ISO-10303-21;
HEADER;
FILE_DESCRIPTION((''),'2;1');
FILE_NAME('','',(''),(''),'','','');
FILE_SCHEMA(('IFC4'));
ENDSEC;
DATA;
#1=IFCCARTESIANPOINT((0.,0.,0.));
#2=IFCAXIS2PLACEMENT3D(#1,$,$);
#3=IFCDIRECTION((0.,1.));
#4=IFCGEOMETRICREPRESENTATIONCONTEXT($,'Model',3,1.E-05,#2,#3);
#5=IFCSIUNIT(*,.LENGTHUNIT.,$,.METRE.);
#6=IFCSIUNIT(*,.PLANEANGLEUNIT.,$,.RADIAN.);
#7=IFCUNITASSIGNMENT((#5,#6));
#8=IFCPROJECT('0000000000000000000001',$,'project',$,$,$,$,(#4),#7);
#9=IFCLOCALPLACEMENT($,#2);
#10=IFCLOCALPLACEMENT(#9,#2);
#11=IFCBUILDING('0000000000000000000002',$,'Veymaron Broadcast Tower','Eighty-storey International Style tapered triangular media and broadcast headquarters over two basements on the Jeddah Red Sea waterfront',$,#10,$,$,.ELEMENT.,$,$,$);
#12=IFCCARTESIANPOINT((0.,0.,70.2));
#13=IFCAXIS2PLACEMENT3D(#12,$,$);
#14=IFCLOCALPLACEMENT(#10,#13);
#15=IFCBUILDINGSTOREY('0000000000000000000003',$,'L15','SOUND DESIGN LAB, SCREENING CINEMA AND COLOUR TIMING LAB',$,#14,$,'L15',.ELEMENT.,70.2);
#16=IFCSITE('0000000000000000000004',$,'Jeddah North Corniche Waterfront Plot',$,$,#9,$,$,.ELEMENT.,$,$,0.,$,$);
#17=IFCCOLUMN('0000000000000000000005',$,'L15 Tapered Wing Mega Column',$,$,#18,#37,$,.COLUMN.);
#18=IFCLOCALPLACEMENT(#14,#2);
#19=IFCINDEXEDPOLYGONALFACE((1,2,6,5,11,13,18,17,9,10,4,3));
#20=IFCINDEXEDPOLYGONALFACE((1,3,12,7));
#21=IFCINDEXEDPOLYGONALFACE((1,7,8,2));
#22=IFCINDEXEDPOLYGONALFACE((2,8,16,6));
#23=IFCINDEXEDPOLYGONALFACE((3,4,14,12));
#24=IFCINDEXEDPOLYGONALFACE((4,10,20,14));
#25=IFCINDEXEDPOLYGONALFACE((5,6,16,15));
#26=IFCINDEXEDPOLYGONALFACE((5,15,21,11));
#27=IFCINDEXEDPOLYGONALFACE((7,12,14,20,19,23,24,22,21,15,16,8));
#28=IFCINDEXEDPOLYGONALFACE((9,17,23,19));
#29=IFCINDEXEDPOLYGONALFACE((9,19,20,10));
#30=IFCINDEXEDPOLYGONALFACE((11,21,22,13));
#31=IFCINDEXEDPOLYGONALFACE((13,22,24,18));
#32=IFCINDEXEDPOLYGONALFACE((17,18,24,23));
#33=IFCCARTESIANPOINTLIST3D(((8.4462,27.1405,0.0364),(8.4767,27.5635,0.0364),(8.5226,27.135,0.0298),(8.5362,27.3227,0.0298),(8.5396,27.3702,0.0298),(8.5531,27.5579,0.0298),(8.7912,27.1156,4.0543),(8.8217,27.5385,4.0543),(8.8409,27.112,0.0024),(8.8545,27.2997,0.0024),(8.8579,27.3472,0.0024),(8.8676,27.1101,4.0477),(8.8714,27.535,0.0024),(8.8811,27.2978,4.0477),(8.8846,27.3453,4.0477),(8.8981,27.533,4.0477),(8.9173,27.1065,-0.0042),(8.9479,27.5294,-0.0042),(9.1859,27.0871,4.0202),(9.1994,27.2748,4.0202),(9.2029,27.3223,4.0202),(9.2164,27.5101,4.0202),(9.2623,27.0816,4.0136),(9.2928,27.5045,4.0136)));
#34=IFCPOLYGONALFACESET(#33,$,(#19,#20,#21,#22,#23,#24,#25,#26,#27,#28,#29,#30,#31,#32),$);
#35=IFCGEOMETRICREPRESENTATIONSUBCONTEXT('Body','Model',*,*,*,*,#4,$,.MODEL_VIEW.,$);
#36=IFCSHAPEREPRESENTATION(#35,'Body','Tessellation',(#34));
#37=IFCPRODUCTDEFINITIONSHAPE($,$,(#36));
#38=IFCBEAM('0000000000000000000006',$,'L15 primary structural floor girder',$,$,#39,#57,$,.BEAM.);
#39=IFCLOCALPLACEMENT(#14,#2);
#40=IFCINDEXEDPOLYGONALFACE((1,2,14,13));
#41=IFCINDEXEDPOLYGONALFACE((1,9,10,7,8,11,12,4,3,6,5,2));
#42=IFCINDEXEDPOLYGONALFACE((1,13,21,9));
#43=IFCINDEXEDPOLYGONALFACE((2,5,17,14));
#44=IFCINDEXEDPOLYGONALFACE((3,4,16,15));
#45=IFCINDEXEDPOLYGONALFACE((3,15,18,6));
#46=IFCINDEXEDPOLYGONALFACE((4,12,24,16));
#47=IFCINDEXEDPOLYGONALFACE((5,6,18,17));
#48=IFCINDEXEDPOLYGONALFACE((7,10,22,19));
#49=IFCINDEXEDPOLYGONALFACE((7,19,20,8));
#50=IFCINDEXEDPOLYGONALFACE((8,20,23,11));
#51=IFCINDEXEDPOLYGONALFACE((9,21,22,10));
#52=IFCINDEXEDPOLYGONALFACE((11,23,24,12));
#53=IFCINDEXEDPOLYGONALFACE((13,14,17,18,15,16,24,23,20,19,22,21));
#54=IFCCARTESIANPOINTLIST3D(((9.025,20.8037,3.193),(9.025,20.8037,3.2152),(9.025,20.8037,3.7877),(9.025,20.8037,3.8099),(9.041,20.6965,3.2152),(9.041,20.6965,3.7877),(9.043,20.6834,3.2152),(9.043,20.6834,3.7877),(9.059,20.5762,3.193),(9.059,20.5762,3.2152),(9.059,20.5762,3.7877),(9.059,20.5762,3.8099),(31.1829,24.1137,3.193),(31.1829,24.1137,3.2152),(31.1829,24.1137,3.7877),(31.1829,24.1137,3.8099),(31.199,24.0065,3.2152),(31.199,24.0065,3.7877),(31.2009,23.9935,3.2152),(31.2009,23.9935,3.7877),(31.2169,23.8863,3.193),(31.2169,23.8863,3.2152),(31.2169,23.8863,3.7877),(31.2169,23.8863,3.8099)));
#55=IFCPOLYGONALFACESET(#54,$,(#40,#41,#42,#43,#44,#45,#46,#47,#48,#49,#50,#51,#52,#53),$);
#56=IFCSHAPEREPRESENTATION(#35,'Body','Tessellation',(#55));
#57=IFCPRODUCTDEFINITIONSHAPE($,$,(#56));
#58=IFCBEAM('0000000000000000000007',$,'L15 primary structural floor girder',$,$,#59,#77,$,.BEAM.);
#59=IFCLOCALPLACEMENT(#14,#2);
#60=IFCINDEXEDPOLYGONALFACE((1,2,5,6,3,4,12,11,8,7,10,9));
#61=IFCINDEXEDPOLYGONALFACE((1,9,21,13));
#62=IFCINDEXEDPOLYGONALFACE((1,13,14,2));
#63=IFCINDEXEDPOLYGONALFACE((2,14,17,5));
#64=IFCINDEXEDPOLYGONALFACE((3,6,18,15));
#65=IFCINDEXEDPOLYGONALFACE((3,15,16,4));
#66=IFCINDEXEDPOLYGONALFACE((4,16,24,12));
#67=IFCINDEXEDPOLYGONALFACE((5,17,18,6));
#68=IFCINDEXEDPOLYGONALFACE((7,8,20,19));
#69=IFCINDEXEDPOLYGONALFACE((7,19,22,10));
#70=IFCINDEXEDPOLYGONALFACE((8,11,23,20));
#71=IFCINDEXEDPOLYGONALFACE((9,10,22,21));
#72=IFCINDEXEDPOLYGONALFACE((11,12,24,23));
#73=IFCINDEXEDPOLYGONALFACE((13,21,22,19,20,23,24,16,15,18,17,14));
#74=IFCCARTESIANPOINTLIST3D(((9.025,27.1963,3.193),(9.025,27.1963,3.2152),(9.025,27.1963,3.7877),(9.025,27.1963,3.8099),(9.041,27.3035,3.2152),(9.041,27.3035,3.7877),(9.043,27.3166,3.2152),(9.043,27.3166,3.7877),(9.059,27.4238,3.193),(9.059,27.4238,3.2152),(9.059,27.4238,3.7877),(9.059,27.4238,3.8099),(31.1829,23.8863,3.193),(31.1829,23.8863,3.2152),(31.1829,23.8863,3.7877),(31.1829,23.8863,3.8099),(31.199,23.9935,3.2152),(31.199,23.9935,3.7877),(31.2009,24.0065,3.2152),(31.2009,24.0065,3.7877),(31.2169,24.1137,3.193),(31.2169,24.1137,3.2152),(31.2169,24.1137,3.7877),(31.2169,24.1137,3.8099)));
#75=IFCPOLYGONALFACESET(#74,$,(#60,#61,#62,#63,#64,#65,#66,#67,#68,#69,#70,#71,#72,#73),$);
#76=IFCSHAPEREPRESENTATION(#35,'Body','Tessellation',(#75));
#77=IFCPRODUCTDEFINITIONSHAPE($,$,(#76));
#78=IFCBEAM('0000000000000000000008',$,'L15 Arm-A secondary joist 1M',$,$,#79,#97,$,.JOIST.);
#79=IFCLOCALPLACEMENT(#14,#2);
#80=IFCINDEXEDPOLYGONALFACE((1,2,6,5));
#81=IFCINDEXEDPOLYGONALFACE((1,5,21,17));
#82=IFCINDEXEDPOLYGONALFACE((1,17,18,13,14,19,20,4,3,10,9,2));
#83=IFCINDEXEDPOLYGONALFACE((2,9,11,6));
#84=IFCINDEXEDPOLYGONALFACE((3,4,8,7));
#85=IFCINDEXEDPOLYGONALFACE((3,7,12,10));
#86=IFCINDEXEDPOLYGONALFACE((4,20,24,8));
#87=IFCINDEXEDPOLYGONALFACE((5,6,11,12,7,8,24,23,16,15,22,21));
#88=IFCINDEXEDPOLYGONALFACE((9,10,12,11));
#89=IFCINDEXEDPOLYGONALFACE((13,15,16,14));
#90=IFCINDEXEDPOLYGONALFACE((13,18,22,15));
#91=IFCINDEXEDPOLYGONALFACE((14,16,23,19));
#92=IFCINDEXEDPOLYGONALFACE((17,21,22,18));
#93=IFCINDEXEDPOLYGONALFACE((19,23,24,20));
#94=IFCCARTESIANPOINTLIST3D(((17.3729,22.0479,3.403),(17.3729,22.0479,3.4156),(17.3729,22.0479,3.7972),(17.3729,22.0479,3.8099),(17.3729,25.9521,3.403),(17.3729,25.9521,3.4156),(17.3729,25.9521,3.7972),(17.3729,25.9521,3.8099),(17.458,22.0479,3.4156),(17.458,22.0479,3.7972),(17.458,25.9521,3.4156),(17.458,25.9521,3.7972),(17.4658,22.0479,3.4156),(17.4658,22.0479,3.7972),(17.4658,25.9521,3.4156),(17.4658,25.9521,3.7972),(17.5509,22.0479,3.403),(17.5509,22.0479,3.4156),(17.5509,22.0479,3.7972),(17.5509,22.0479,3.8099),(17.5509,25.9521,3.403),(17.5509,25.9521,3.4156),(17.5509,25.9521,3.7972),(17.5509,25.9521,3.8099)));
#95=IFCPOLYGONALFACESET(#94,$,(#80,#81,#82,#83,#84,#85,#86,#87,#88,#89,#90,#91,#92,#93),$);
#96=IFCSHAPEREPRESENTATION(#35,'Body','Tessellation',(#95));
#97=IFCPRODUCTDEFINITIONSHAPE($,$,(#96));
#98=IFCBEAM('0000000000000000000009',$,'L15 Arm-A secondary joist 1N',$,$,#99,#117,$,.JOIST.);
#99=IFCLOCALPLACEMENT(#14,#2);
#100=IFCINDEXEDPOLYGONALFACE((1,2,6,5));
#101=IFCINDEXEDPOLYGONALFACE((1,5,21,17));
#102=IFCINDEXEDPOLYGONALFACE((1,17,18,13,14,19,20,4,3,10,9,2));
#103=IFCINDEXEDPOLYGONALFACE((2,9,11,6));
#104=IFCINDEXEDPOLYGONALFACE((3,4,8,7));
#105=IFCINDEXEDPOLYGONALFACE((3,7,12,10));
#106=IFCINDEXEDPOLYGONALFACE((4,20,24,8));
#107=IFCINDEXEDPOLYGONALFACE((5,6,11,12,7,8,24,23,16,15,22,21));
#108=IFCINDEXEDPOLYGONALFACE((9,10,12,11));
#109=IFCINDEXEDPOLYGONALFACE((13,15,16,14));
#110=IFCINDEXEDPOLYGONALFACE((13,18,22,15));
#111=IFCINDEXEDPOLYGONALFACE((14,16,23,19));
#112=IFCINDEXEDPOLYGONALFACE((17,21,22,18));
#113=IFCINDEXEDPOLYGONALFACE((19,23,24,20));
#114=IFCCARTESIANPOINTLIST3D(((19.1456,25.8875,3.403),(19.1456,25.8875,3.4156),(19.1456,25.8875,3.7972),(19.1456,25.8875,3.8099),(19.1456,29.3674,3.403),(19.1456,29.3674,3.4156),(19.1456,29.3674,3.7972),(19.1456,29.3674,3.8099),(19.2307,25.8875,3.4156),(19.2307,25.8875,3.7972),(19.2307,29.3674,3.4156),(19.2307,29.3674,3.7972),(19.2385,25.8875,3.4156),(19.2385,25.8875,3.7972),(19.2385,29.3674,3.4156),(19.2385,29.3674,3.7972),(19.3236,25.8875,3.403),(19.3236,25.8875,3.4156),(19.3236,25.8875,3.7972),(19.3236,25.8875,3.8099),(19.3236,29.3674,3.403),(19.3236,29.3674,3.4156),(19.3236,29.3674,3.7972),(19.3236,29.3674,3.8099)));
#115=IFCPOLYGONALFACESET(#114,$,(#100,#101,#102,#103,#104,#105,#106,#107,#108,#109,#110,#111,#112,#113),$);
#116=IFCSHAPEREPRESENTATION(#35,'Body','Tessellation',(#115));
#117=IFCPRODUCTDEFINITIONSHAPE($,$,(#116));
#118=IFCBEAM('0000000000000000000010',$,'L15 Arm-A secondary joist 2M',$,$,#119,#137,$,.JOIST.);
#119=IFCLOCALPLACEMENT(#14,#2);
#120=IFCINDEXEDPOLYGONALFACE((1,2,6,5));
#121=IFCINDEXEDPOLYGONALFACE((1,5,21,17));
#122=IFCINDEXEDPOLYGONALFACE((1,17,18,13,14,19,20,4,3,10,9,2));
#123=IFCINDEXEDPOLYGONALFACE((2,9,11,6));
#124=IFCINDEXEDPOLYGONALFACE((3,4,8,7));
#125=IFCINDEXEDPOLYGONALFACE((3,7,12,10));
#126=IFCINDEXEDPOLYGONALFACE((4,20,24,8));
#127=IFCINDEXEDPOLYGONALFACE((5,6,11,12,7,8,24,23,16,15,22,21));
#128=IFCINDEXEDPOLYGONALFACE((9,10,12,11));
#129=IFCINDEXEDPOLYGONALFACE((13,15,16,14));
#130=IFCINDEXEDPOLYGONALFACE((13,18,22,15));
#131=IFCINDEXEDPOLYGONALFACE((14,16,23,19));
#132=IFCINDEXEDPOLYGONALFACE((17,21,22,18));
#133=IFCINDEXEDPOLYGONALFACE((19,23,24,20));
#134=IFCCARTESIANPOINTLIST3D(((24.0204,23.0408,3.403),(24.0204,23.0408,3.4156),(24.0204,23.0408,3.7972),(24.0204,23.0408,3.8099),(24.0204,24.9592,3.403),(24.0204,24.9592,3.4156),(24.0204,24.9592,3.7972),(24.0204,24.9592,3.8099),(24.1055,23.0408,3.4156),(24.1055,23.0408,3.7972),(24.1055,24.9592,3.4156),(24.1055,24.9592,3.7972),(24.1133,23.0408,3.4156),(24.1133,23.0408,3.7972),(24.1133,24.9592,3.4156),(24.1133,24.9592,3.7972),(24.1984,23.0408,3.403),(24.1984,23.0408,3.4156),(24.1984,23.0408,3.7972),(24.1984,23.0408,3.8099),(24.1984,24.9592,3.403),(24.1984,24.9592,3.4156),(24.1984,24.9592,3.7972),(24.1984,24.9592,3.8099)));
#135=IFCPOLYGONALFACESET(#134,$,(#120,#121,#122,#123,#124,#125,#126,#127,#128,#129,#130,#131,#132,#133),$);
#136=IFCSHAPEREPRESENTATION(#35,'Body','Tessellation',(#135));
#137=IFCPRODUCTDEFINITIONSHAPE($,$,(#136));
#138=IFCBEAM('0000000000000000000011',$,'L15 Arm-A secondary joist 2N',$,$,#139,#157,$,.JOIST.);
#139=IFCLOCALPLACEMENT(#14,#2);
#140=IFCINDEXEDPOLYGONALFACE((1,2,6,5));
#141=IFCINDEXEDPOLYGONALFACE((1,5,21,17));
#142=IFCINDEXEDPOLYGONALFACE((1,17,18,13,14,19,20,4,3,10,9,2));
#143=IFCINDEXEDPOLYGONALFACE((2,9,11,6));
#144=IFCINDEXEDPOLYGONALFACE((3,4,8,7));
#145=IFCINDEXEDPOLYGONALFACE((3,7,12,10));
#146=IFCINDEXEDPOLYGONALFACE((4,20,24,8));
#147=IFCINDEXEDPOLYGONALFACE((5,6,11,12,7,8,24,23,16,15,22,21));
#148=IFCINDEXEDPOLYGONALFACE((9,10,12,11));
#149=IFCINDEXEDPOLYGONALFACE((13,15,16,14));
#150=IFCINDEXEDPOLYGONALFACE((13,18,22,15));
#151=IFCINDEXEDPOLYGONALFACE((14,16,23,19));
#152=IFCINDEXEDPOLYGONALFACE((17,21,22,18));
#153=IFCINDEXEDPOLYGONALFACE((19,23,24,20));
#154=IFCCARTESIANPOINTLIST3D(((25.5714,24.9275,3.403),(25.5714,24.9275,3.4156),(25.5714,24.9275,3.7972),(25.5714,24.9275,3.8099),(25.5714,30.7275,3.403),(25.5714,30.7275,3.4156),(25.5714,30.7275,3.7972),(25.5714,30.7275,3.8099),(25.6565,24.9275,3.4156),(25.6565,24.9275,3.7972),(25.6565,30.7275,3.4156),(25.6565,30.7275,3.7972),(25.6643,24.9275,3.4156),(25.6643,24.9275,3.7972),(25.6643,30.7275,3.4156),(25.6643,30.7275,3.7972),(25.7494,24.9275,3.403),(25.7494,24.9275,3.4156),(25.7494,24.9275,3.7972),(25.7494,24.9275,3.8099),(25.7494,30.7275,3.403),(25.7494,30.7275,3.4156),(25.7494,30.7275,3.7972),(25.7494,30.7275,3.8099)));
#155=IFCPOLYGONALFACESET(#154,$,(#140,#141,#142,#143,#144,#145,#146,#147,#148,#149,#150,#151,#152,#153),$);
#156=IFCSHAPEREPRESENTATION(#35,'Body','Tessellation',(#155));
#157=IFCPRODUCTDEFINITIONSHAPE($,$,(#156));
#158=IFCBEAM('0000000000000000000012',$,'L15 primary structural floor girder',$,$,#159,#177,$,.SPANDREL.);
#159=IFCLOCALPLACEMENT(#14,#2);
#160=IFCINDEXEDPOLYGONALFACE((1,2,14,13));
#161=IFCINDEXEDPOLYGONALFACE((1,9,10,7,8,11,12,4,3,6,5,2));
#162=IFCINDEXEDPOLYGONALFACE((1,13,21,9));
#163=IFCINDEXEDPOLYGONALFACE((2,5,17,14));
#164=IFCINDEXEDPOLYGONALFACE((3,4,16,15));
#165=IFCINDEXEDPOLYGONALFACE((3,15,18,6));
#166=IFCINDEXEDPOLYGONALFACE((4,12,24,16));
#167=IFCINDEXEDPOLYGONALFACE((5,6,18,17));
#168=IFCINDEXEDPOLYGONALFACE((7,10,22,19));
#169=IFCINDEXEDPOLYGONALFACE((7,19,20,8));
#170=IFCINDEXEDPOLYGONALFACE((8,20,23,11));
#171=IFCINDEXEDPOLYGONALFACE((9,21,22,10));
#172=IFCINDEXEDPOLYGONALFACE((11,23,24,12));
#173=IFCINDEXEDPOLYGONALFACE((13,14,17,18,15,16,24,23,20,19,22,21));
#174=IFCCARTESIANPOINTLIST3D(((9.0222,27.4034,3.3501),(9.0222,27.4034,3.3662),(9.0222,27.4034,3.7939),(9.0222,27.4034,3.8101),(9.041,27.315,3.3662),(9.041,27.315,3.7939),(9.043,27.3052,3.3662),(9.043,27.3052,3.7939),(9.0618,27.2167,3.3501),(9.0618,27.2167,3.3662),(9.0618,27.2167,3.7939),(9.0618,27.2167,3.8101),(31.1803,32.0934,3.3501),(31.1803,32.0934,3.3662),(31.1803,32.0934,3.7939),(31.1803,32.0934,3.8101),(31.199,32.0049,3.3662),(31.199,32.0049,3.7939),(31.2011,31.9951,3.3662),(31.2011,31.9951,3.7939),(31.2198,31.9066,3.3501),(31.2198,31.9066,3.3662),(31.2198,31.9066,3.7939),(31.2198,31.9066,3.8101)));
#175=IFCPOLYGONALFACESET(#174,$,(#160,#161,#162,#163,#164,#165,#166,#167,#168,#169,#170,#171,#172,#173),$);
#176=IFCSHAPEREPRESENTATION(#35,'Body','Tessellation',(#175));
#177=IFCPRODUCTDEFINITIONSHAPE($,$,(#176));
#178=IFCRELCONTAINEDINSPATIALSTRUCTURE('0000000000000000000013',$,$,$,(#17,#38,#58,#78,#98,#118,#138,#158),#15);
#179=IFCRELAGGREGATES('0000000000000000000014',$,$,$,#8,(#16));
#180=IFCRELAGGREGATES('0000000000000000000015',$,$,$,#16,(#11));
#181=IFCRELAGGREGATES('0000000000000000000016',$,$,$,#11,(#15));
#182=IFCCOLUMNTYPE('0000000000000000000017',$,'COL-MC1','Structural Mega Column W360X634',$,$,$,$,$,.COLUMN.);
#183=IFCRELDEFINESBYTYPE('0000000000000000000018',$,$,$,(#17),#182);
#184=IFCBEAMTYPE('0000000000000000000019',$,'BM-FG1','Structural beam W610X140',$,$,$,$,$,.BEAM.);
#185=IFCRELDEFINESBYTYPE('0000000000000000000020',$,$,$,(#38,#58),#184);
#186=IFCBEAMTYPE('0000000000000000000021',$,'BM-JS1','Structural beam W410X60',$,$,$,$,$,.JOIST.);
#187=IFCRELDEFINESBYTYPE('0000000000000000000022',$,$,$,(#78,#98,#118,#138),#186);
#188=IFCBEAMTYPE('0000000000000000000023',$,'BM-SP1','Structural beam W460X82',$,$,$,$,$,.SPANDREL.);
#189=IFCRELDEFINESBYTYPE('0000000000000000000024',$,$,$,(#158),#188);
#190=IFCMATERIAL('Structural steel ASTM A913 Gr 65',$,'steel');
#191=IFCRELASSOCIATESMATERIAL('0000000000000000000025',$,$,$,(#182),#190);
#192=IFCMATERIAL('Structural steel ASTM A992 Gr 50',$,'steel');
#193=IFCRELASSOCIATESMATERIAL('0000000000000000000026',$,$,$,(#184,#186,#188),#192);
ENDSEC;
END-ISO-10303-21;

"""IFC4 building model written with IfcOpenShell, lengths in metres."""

from ifc_helpers import new_model, si_unit, direction, frame, origin, origin_2d, place, context, subcontext, project, spatial, i_section, extrude, material, material_profile, profile_set, type_object, element, save


model = new_model("IFC4")

# Units and contexts
model_context = context("Model", 3, precision=1e-05, world=origin(), true_north=direction((0.0, 1.0)))
body_context = subcontext(model_context, "Body", "Model", "MODEL_VIEW")
ifc_project = project(units=[si_unit("LENGTHUNIT", "METRE"), si_unit("PLANEANGLEUNIT", "RADIAN")], contexts=[model_context])

# Site, building, storey
site_placement = place(None, origin())
site = spatial("IfcSite", under=ifc_project, at=site_placement, Name="Jeddah North Corniche Waterfront Plot", CompositionType="ELEMENT", RefElevation=0.0)
building_placement = place(site_placement, origin())
building = spatial("IfcBuilding", under=site, at=building_placement, Name="Veymaron Broadcast Tower", Description="Eighty-storey International Style tapered triangular media and broadcast headquarters over two basements on the Jeddah Red Sea waterfront", CompositionType="ELEMENT")
storey_placement = place(building_placement, frame((0.0, 0.0, 70.2)))
storey = spatial("IfcBuildingStorey", under=building, at=storey_placement, Name="L15", Description="SOUND DESIGN LAB, SCREENING CINEMA AND COLOUR TIMING LAB", LongName="L15", CompositionType="ELEMENT", Elevation=70.2)

# Column
ifc_material_1 = material(Name="Structural steel ASTM A913 Gr 65", Category="steel")
ifc_material_profile_1 = material_profile(ifc_material_1, i_section(OverallWidth=0.4241, OverallDepth=0.4741, WebThickness=0.0476, FlangeThickness=0.0769, at=origin_2d()), Name="W360X634")
ifc_profile_set_1 = profile_set([ifc_material_profile_1], Name="Structural steel ASTM A913 Gr 65")
column_type = type_object("IfcColumnType", Name="COL-MC1", Description="Structural Mega Column W360X634", PredefinedType="COLUMN", material=ifc_profile_set_1)
column_placement = place(storey_placement, frame((8.697, 27.335, 0.0161), z_axis=(0.085544, -0.006175, 0.996315), x_axis=(0.071999, 0.997405, 0.0)))
element("IfcColumn", 1, at=column_placement, inside=storey, type_object=column_type, Name="L15 Tapered Wing Mega Column", PredefinedType="COLUMN", context=body_context, shape_type="SweptSolid", body=[
    extrude(i_section(OverallWidth=0.4241, OverallDepth=0.4741, WebThickness=0.0476, FlangeThickness=0.0769, at=origin_2d()), origin(), (0.0, 0.0, 1.0), 4.0327),
])

# Beams
ifc_material_2 = material(Name="Structural steel ASTM A992 Gr 50", Category="steel")
ifc_material_profile_2 = material_profile(ifc_material_2, i_section(OverallWidth=0.23, OverallDepth=0.6169, WebThickness=0.0132, FlangeThickness=0.0222, at=origin_2d()), Name="W610X140")
ifc_profile_set_2 = profile_set([ifc_material_profile_2], Name="Structural steel ASTM A992 Gr 50")
beam_type_1 = type_object("IfcBeamType", Name="BM-FG1", Description="Structural beam W610X140", PredefinedType="BEAM", material=ifc_profile_set_2)
for number, where, z_axis, x_axis, name in (
    (2, (9.042, 20.6899, 3.5015), (0.989025, 0.147745, 0.0), (-0.147745, 0.989025, 0.0), "L15 primary structural floor girder"),
    (3, (9.042, 27.3101, 3.5015), (0.989025, -0.147745, 0.0), (0.147745, 0.989025, 0.0), "L15 primary structural floor girder"),
):
    element("IfcBeam", number, at=place(storey_placement, frame(where, z_axis=z_axis, x_axis=x_axis)), inside=storey, type_object=beam_type_1, Name=name, PredefinedType="BEAM", context=body_context, shape_type="SweptSolid", body=[
        extrude(i_section(OverallWidth=0.23, OverallDepth=0.6169, WebThickness=0.0132, FlangeThickness=0.0222, at=origin_2d()), origin(), (0.0, 0.0, 1.0), 22.4038),
    ])
ifc_material_profile_3 = material_profile(ifc_material_2, i_section(OverallWidth=0.178, OverallDepth=0.407, WebThickness=0.0078, FlangeThickness=0.0127, at=origin_2d()), Name="W410X60")
ifc_profile_set_3 = profile_set([ifc_material_profile_3], Name="Structural steel ASTM A992 Gr 50")
beam_type_2 = type_object("IfcBeamType", Name="BM-JS1", Description="Structural beam W410X60", PredefinedType="JOIST", material=ifc_profile_set_3)
beam_1_placement = place(storey_placement, frame((17.4619, 22.0479, 3.6064), z_axis=(0.0, 1.0, 0.0), x_axis=(-1.0, 0.0, 0.0)))
element("IfcBeam", 4, at=beam_1_placement, inside=storey, type_object=beam_type_2, Name="L15 Arm-A secondary joist 1M", PredefinedType="JOIST", context=body_context, shape_type="SweptSolid", body=[
    extrude(i_section(OverallWidth=0.178, OverallDepth=0.407, WebThickness=0.0078, FlangeThickness=0.0127, at=origin_2d()), origin(), (0.0, 0.0, 1.0), 3.9043),
])
beam_2_placement = place(storey_placement, frame((19.2346, 25.8875, 3.6064), z_axis=(0.0, 1.0, 0.0), x_axis=(-1.0, 0.0, 0.0)))
element("IfcBeam", 5, at=beam_2_placement, inside=storey, type_object=beam_type_2, Name="L15 Arm-A secondary joist 1N", PredefinedType="JOIST", context=body_context, shape_type="SweptSolid", body=[
    extrude(i_section(OverallWidth=0.178, OverallDepth=0.407, WebThickness=0.0078, FlangeThickness=0.0127, at=origin_2d()), origin(), (0.0, 0.0, 1.0), 3.48),
])
beam_3_placement = place(storey_placement, frame((24.1094, 23.0408, 3.6064), z_axis=(0.0, 1.0, 0.0), x_axis=(-1.0, 0.0, 0.0)))
element("IfcBeam", 6, at=beam_3_placement, inside=storey, type_object=beam_type_2, Name="L15 Arm-A secondary joist 2M", PredefinedType="JOIST", context=body_context, shape_type="SweptSolid", body=[
    extrude(i_section(OverallWidth=0.178, OverallDepth=0.407, WebThickness=0.0078, FlangeThickness=0.0127, at=origin_2d()), origin(), (0.0, 0.0, 1.0), 1.9185),
])
beam_4_placement = place(storey_placement, frame((25.6604, 24.9275, 3.6064), z_axis=(0.0, 1.0, 0.0), x_axis=(-1.0, 0.0, 0.0)))
element("IfcBeam", 7, at=beam_4_placement, inside=storey, type_object=beam_type_2, Name="L15 Arm-A secondary joist 2N", PredefinedType="JOIST", context=body_context, shape_type="SweptSolid", body=[
    extrude(i_section(OverallWidth=0.178, OverallDepth=0.407, WebThickness=0.0078, FlangeThickness=0.0127, at=origin_2d()), origin(), (0.0, 0.0, 1.0), 5.8),
])
ifc_material_profile_4 = material_profile(ifc_material_2, i_section(OverallWidth=0.1909, OverallDepth=0.46, WebThickness=0.01, FlangeThickness=0.0161, at=origin_2d()), Name="W460X82")
ifc_profile_set_4 = profile_set([ifc_material_profile_4], Name="Structural steel ASTM A992 Gr 50")
beam_type_3 = type_object("IfcBeamType", Name="BM-SP1", Description="Structural beam W460X82", PredefinedType="SPANDREL", material=ifc_profile_set_4)
beam_5_placement = place(storey_placement, frame((9.042, 27.3101, 3.5801), z_axis=(0.978326, 0.207072, 0.0), x_axis=(-0.207072, 0.978326, 0.0)))
element("IfcBeam", 8, at=beam_5_placement, inside=storey, type_object=beam_type_3, Name="L15 primary structural floor girder", PredefinedType="SPANDREL", context=body_context, shape_type="SweptSolid", body=[
    extrude(i_section(OverallWidth=0.1909, OverallDepth=0.46, WebThickness=0.01, FlangeThickness=0.0161, at=origin_2d()), origin(), (0.0, 0.0, 1.0), 22.6489),
])

save(model, "model.ifc")
